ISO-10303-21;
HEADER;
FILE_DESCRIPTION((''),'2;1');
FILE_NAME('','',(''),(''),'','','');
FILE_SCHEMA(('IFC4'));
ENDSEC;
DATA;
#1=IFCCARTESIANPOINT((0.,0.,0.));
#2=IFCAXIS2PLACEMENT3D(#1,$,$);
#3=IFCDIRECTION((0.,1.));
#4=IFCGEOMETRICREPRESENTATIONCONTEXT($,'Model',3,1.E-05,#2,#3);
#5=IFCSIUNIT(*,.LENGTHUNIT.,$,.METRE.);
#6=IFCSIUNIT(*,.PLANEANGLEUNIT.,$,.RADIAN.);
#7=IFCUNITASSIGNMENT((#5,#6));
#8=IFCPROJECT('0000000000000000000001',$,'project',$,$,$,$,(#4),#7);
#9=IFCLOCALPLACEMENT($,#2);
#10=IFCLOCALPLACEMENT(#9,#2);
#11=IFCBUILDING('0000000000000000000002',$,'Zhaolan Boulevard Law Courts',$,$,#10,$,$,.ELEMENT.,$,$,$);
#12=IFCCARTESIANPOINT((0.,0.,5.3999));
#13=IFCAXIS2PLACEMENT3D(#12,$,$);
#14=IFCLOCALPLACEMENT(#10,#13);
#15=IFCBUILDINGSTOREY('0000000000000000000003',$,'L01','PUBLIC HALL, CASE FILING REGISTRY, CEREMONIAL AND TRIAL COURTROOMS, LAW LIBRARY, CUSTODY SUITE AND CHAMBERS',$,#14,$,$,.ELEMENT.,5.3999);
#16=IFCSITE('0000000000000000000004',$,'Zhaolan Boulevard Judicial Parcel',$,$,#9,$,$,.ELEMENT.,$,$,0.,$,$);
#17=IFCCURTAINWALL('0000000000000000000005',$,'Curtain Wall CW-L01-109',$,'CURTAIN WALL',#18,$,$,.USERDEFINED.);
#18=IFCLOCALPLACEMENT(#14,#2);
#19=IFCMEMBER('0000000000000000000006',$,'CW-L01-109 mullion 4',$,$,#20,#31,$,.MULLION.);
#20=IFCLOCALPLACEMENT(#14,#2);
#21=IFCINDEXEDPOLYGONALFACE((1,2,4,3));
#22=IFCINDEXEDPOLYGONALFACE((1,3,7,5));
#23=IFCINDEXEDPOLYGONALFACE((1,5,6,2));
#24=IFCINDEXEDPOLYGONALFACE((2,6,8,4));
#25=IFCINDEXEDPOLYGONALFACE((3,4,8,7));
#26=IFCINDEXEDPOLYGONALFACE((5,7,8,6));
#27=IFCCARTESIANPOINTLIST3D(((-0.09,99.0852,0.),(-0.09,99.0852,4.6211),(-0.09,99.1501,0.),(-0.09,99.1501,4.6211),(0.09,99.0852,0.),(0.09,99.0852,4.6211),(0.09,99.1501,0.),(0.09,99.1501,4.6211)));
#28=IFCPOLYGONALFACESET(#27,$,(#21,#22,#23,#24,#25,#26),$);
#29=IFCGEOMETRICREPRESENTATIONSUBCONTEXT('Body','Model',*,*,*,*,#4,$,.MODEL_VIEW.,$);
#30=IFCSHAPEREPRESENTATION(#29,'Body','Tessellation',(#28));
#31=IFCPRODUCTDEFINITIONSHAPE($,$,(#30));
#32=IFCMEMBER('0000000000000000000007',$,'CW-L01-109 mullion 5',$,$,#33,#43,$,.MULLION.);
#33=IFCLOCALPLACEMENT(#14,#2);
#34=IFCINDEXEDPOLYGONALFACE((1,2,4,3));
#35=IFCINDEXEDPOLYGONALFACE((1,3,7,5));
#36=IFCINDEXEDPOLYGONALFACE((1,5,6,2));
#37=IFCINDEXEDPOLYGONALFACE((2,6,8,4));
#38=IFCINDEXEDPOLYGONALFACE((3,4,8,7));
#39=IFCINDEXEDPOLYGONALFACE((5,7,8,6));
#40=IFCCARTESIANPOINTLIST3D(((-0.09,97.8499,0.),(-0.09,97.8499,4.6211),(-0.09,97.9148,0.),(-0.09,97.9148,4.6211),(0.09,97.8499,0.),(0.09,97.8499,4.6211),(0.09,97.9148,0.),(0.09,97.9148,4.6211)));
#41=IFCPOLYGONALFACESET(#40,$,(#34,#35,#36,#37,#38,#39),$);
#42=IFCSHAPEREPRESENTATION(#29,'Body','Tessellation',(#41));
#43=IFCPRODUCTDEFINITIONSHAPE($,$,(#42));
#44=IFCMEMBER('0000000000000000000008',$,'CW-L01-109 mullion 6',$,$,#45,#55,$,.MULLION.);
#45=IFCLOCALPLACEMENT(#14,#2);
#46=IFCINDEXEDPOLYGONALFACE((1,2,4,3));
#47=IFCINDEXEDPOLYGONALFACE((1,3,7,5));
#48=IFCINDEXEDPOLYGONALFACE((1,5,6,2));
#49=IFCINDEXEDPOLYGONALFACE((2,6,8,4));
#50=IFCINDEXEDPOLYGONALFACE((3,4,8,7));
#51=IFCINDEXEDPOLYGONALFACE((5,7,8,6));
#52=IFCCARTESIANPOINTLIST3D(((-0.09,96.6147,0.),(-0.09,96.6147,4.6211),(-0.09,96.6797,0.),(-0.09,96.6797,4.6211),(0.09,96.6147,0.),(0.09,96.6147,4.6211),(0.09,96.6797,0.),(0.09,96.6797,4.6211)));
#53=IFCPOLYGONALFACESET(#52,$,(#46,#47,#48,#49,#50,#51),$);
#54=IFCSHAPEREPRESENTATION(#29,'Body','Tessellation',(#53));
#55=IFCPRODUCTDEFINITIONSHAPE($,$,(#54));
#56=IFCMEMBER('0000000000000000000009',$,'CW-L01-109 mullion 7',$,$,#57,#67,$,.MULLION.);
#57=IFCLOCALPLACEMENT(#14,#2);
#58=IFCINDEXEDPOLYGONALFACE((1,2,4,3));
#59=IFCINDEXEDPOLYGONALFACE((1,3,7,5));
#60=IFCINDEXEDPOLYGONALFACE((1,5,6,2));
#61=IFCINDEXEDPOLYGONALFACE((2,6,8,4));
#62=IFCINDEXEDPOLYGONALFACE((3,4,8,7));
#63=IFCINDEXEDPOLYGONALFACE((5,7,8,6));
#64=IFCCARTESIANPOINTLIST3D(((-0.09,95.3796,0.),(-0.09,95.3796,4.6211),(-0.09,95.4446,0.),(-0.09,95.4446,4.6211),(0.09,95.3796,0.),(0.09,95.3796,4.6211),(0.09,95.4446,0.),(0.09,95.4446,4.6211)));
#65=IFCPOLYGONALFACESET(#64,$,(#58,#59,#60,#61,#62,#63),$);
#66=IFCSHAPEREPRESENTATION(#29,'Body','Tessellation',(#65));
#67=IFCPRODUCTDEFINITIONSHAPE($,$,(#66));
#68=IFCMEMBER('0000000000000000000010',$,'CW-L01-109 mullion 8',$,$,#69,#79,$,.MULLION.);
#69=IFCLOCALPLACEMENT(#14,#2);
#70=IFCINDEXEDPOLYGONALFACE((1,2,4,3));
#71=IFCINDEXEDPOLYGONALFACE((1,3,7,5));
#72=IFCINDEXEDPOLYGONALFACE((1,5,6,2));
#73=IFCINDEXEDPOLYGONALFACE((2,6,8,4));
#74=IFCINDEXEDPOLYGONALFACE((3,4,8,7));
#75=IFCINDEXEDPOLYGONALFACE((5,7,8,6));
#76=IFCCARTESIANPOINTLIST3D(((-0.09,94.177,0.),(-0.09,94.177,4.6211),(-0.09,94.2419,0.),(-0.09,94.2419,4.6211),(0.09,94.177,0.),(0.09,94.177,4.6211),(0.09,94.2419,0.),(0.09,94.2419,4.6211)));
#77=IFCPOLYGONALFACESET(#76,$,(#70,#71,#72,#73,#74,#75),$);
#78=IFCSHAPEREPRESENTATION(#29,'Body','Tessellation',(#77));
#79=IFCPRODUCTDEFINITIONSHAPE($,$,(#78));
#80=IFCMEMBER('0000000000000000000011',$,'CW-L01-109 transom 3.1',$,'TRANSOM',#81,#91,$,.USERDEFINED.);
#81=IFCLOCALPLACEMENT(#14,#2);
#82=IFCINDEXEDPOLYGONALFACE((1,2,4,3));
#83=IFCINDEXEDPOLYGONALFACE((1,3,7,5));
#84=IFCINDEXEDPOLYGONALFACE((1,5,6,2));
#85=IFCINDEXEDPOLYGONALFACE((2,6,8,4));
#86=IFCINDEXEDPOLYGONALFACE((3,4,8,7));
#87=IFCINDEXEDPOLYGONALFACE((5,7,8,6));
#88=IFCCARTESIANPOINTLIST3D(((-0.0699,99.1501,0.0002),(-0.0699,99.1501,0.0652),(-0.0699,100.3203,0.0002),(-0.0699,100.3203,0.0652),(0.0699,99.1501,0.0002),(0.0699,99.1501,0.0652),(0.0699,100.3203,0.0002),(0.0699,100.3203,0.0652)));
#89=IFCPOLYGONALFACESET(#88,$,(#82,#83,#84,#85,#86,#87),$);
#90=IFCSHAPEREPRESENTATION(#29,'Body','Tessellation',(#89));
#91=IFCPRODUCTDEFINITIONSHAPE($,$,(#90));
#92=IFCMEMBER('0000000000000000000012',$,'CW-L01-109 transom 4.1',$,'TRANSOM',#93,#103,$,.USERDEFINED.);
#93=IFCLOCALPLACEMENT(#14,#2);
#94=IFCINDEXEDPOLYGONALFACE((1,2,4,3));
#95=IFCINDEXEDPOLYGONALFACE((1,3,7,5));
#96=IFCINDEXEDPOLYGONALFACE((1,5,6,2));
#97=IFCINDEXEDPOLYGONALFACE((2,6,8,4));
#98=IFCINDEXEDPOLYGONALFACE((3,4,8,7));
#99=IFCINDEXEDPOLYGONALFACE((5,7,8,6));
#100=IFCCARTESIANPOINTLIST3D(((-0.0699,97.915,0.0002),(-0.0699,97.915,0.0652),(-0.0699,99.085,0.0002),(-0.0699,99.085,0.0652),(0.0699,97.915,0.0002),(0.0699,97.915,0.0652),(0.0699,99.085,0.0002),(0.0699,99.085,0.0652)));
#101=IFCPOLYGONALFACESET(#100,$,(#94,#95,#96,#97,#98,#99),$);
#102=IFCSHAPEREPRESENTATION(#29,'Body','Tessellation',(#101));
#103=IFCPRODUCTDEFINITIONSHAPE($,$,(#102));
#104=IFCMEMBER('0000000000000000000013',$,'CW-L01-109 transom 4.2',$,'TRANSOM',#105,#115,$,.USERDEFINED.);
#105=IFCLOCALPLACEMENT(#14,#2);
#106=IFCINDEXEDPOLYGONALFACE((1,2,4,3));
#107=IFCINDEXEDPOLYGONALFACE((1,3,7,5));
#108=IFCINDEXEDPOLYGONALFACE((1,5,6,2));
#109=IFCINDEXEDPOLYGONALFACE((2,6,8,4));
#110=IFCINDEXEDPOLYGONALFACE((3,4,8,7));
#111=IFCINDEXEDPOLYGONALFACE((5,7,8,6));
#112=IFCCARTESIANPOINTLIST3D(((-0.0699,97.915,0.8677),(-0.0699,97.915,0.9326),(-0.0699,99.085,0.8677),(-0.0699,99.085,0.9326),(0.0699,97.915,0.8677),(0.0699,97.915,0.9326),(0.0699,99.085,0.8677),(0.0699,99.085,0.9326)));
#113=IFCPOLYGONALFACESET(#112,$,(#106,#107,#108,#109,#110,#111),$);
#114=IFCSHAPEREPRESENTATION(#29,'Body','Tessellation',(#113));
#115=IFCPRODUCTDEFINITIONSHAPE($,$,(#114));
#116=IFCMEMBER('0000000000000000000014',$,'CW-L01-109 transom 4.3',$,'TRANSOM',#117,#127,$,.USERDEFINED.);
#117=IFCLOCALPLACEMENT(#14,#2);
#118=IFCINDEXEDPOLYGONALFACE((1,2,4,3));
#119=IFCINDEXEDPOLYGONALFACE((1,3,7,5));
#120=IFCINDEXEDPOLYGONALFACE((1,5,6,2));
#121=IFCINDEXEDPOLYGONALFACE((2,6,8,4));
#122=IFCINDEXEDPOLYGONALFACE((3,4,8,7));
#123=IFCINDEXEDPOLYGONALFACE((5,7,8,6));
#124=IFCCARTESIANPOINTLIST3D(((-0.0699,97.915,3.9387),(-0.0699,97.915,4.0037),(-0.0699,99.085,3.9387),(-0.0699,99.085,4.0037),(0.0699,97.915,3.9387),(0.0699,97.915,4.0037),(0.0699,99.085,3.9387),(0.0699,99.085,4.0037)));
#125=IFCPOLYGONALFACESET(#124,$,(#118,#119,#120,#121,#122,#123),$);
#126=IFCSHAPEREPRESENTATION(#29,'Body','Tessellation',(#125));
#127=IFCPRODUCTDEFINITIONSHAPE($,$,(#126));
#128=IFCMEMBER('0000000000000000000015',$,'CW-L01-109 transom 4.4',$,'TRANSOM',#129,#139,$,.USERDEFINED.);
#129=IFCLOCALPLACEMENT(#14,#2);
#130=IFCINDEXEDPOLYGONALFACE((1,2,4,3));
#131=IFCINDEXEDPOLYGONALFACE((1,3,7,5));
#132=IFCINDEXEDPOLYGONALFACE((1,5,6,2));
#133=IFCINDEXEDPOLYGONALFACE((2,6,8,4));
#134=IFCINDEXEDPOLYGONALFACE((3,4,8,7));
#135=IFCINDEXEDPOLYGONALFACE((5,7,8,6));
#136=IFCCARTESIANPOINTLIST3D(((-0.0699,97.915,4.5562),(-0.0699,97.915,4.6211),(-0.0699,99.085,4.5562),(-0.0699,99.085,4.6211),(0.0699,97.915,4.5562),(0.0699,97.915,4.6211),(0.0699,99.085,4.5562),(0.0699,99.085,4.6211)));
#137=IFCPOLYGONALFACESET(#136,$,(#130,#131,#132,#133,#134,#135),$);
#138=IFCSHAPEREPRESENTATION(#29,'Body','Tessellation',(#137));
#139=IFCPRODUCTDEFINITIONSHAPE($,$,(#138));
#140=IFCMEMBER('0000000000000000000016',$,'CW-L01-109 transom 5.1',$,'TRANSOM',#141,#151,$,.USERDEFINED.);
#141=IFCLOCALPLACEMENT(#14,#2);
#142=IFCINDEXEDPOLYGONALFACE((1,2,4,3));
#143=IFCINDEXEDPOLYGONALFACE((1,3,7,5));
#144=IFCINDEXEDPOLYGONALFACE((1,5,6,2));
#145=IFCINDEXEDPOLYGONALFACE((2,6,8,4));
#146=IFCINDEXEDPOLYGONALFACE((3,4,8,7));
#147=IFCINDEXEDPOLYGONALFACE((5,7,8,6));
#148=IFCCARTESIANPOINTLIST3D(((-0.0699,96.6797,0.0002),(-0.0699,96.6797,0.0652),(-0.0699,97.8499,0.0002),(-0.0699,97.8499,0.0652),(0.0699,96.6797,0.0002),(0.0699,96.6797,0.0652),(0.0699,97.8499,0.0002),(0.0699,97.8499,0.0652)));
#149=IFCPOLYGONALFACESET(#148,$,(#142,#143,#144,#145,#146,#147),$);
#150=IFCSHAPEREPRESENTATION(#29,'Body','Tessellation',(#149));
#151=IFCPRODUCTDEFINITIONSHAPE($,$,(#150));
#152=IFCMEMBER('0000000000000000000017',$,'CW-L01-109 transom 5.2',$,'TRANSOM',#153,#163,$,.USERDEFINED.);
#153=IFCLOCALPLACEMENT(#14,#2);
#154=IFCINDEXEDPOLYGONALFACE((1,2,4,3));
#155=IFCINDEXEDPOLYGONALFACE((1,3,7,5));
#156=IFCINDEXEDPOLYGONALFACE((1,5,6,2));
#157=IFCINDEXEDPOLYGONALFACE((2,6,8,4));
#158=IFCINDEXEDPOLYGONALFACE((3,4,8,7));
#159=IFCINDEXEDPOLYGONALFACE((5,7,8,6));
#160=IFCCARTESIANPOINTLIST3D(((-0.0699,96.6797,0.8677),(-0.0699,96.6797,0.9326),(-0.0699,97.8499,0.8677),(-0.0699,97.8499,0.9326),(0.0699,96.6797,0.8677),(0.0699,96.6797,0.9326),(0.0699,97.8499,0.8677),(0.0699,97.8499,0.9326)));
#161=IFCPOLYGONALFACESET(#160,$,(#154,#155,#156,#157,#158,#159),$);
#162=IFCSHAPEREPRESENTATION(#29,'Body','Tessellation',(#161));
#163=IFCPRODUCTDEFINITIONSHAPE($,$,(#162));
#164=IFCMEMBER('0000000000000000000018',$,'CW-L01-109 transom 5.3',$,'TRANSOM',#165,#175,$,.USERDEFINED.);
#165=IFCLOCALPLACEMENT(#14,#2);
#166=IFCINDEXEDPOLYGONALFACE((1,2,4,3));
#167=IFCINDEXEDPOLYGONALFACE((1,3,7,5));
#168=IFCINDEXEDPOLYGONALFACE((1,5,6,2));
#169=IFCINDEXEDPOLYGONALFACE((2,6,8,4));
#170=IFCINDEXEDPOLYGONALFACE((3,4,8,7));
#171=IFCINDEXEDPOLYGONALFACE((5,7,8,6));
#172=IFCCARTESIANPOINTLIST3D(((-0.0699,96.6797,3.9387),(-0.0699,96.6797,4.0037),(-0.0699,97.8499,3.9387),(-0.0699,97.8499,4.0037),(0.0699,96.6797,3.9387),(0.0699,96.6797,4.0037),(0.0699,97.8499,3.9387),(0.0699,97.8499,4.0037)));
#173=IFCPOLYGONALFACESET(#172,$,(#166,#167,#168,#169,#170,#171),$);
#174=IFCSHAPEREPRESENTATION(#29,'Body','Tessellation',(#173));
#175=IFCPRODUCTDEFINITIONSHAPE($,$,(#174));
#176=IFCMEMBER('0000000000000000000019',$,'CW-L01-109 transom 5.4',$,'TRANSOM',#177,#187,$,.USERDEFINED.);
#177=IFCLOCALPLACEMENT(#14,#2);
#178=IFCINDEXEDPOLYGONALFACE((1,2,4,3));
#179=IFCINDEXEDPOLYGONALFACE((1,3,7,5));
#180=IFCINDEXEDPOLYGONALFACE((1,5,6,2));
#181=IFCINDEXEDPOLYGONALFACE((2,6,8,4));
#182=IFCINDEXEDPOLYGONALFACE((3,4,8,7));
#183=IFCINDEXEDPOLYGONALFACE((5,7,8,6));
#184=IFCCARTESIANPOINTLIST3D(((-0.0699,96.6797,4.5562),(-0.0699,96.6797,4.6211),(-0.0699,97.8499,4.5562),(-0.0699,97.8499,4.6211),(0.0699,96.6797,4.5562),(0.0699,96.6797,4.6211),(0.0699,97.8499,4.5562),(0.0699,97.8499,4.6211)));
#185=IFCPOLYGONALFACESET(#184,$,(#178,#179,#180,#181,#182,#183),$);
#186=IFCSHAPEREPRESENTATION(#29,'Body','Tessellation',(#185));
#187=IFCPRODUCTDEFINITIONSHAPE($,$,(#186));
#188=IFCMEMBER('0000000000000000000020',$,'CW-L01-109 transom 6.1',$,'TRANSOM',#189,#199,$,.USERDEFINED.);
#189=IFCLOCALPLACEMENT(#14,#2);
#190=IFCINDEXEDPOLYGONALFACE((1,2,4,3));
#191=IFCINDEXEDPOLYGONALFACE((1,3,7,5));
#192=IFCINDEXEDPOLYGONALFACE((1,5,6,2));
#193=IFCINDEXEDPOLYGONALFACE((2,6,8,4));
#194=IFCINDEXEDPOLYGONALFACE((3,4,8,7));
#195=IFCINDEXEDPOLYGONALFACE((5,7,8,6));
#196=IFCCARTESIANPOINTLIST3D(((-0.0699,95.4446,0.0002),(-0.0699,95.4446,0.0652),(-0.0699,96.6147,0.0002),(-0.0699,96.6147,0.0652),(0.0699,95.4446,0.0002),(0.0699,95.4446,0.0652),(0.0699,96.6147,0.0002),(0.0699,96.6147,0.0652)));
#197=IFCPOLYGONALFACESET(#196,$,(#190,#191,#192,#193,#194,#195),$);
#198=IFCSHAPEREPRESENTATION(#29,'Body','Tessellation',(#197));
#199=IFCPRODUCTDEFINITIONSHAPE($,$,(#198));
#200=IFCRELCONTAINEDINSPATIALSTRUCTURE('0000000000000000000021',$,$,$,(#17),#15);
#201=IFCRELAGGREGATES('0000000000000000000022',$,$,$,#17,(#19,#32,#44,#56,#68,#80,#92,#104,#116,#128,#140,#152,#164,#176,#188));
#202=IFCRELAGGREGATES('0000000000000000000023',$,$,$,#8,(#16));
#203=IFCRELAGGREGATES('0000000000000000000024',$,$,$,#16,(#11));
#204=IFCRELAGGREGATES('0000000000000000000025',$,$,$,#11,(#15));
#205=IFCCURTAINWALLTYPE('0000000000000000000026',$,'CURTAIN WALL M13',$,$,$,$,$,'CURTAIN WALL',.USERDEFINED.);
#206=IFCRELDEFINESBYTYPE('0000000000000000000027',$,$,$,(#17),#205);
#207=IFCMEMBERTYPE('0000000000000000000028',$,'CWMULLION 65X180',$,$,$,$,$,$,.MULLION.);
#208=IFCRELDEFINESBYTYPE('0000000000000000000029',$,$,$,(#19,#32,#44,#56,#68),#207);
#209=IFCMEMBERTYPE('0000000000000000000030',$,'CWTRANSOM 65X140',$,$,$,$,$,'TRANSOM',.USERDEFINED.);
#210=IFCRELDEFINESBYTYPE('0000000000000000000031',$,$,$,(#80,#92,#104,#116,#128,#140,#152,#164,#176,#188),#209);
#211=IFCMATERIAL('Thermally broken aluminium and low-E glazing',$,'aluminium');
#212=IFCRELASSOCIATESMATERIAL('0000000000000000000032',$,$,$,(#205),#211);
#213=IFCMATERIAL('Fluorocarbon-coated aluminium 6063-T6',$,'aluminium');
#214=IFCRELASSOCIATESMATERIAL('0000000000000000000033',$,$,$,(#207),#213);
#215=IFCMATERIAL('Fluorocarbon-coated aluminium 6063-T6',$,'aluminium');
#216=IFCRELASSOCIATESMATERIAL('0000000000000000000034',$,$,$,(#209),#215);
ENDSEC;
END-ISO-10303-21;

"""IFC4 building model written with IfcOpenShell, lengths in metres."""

from ifc_helpers import new_model, si_unit, direction, frame, origin, origin_2d, place, context, subcontext, project, spatial, rectangle, extrude, material, material_profile, profile_set, type_object, element, aggregate, save


model = new_model("IFC4")

# Units and contexts
model_context = context("Model", 3, precision=1e-05, world=origin(), true_north=direction((0.0, 1.0)))
body_context = subcontext(model_context, "Body", "Model", "MODEL_VIEW")
ifc_project = project(units=[si_unit("LENGTHUNIT", "METRE"), si_unit("PLANEANGLEUNIT", "RADIAN")], contexts=[model_context])

# Site, building, storey
site_placement = place(None, origin())
site = spatial("IfcSite", under=ifc_project, at=site_placement, Name="Zhaolan Boulevard Judicial Parcel", CompositionType="ELEMENT", RefElevation=0.0)
building_placement = place(site_placement, origin())
building = spatial("IfcBuilding", under=site, at=building_placement, Name="Zhaolan Boulevard Law Courts", CompositionType="ELEMENT")
storey_placement = place(building_placement, frame((0.0, 0.0, 5.3999)))
storey = spatial("IfcBuildingStorey", under=building, at=storey_placement, Name="L01", Description="PUBLIC HALL, CASE FILING REGISTRY, CEREMONIAL AND TRIAL COURTROOMS, LAW LIBRARY, CUSTODY SUITE AND CHAMBERS", CompositionType="ELEMENT", Elevation=5.3999)

# Curtain wall, members
ifc_material_1 = material(Name="Thermally broken aluminium and low-E glazing", Category="aluminium")
curtain_wall_type = type_object("IfcCurtainWallType", Name="CURTAIN WALL M13", ElementType="CURTAIN WALL", PredefinedType="USERDEFINED", material=ifc_material_1)
curtain_wall_placement = place(storey_placement, origin())
curtain_wall = element("IfcCurtainWall", 1, at=curtain_wall_placement, inside=storey, type_object=curtain_wall_type, Name="Curtain Wall CW-L01-109", ObjectType="CURTAIN WALL", PredefinedType="USERDEFINED")
ifc_material_2 = material(Name="Fluorocarbon-coated aluminium 6063-T6", Category="aluminium")
ifc_material_profile_1 = material_profile(ifc_material_2, rectangle(XDim=0.1799, YDim=0.0649, at=origin_2d()), Name="AL65x180")
ifc_profile_set_1 = profile_set([ifc_material_profile_1], Name="Fluorocarbon-coated aluminium 6063-T6")
member_type_1 = type_object("IfcMemberType", Name="CWMULLION 65X180", PredefinedType="MULLION", material=ifc_profile_set_1)
member_1_placement = place(storey_placement, frame((0.0, 99.1177, 0.0), z_axis=(0.0, 0.0, 1.0), x_axis=(1.0, 0.0, 0.0)))
member_1 = element("IfcMember", 2, at=member_1_placement, type_object=member_type_1, Name="CW-L01-109 mullion 4", PredefinedType="MULLION", context=body_context, shape_type="SweptSolid", body=[
    extrude(rectangle(XDim=0.1799, YDim=0.0649, at=origin_2d()), origin(), (0.0, 0.0, 1.0), 4.6211),
])
member_2_placement = place(storey_placement, frame((0.0, 97.8823, 0.0), z_axis=(0.0, 0.0, 1.0), x_axis=(1.0, 0.0, 0.0)))
member_2 = element("IfcMember", 3, at=member_2_placement, type_object=member_type_1, Name="CW-L01-109 mullion 5", PredefinedType="MULLION", context=body_context, shape_type="SweptSolid", body=[
    extrude(rectangle(XDim=0.1799, YDim=0.0649, at=origin_2d()), origin(), (0.0, 0.0, 1.0), 4.6211),
])
member_3_placement = place(storey_placement, frame((0.0, 96.6472, 0.0), z_axis=(0.0, 0.0, 1.0), x_axis=(1.0, 0.0, 0.0)))
member_3 = element("IfcMember", 4, at=member_3_placement, type_object=member_type_1, Name="CW-L01-109 mullion 6", PredefinedType="MULLION", context=body_context, shape_type="SweptSolid", body=[
    extrude(rectangle(XDim=0.1799, YDim=0.0649, at=origin_2d()), origin(), (0.0, 0.0, 1.0), 4.6211),
])
member_4_placement = place(storey_placement, frame((0.0, 95.4121, 0.0), z_axis=(0.0, 0.0, 1.0), x_axis=(1.0, 0.0, 0.0)))
member_4 = element("IfcMember", 5, at=member_4_placement, type_object=member_type_1, Name="CW-L01-109 mullion 7", PredefinedType="MULLION", context=body_context, shape_type="SweptSolid", body=[
    extrude(rectangle(XDim=0.1799, YDim=0.0649, at=origin_2d()), origin(), (0.0, 0.0, 1.0), 4.6211),
])
member_5_placement = place(storey_placement, frame((0.0, 94.2095, 0.0), z_axis=(0.0, 0.0, 1.0), x_axis=(1.0, 0.0, 0.0)))
member_5 = element("IfcMember", 6, at=member_5_placement, type_object=member_type_1, Name="CW-L01-109 mullion 8", PredefinedType="MULLION", context=body_context, shape_type="SweptSolid", body=[
    extrude(rectangle(XDim=0.1799, YDim=0.0649, at=origin_2d()), origin(), (0.0, 0.0, 1.0), 4.6211),
])
ifc_material_3 = material(Name="Fluorocarbon-coated aluminium 6063-T6", Category="aluminium")
ifc_material_profile_2 = material_profile(ifc_material_3, rectangle(XDim=0.1399, YDim=0.0649, at=origin_2d()), Name="AL65x140")
ifc_profile_set_2 = profile_set([ifc_material_profile_2], Name="Fluorocarbon-coated aluminium 6063-T6")
member_type_2 = type_object("IfcMemberType", Name="CWTRANSOM 65X140", ElementType="TRANSOM", PredefinedType="USERDEFINED", material=ifc_profile_set_2)
member_6_placement = place(storey_placement, frame((0.0, 100.3203, 0.0327), z_axis=(0.0, -1.0, 0.0), x_axis=(1.0, 0.0, 0.0)))
member_6 = element("IfcMember", 7, at=member_6_placement, type_object=member_type_2, Name="CW-L01-109 transom 3.1", ObjectType="TRANSOM", PredefinedType="USERDEFINED", context=body_context, shape_type="SweptSolid", body=[
    extrude(rectangle(XDim=0.1399, YDim=0.0649, at=origin_2d()), origin(), (0.0, 0.0, 1.0), 1.1702),
])
member_7_placement = place(storey_placement, frame((0.0, 99.085, 0.0327), z_axis=(0.0, -1.0, 0.0), x_axis=(1.0, 0.0, 0.0)))
member_7 = element("IfcMember", 8, at=member_7_placement, type_object=member_type_2, Name="CW-L01-109 transom 4.1", ObjectType="TRANSOM", PredefinedType="USERDEFINED", context=body_context, shape_type="SweptSolid", body=[
    extrude(rectangle(XDim=0.1399, YDim=0.0649, at=origin_2d()), origin(), (0.0, 0.0, 1.0), 1.1699),
])
member_8_placement = place(storey_placement, frame((0.0, 99.085, 0.9001), z_axis=(0.0, -1.0, 0.0), x_axis=(1.0, 0.0, 0.0)))
member_8 = element("IfcMember", 9, at=member_8_placement, type_object=member_type_2, Name="CW-L01-109 transom 4.2", ObjectType="TRANSOM", PredefinedType="USERDEFINED", context=body_context, shape_type="SweptSolid", body=[
    extrude(rectangle(XDim=0.1399, YDim=0.0649, at=origin_2d()), origin(), (0.0, 0.0, 1.0), 1.1699),
])
member_9_placement = place(storey_placement, frame((0.0, 99.085, 3.9712), z_axis=(0.0, -1.0, 0.0), x_axis=(1.0, 0.0, 0.0)))
member_9 = element("IfcMember", 10, at=member_9_placement, type_object=member_type_2, Name="CW-L01-109 transom 4.3", ObjectType="TRANSOM", PredefinedType="USERDEFINED", context=body_context, shape_type="SweptSolid", body=[
    extrude(rectangle(XDim=0.1399, YDim=0.0649, at=origin_2d()), origin(), (0.0, 0.0, 1.0), 1.1699),
])
member_10_placement = place(storey_placement, frame((0.0, 99.085, 4.5886), z_axis=(0.0, -1.0, 0.0), x_axis=(1.0, 0.0, 0.0)))
member_10 = element("IfcMember", 11, at=member_10_placement, type_object=member_type_2, Name="CW-L01-109 transom 4.4", ObjectType="TRANSOM", PredefinedType="USERDEFINED", context=body_context, shape_type="SweptSolid", body=[
    extrude(rectangle(XDim=0.1399, YDim=0.0649, at=origin_2d()), origin(), (0.0, 0.0, 1.0), 1.1699),
])
member_11_placement = place(storey_placement, frame((0.0, 97.8499, 0.0327), z_axis=(0.0, -1.0, 0.0), x_axis=(1.0, 0.0, 0.0)))
member_11 = element("IfcMember", 12, at=member_11_placement, type_object=member_type_2, Name="CW-L01-109 transom 5.1", ObjectType="TRANSOM", PredefinedType="USERDEFINED", context=body_context, shape_type="SweptSolid", body=[
    extrude(rectangle(XDim=0.1399, YDim=0.0649, at=origin_2d()), origin(), (0.0, 0.0, 1.0), 1.1702),
])
member_12_placement = place(storey_placement, frame((0.0, 97.8499, 0.9001), z_axis=(0.0, -1.0, 0.0), x_axis=(1.0, 0.0, 0.0)))
member_12 = element("IfcMember", 13, at=member_12_placement, type_object=member_type_2, Name="CW-L01-109 transom 5.2", ObjectType="TRANSOM", PredefinedType="USERDEFINED", context=body_context, shape_type="SweptSolid", body=[
    extrude(rectangle(XDim=0.1399, YDim=0.0649, at=origin_2d()), origin(), (0.0, 0.0, 1.0), 1.1702),
])
member_13_placement = place(storey_placement, frame((0.0, 97.8499, 3.9712), z_axis=(0.0, -1.0, 0.0), x_axis=(1.0, 0.0, 0.0)))
member_13 = element("IfcMember", 14, at=member_13_placement, type_object=member_type_2, Name="CW-L01-109 transom 5.3", ObjectType="TRANSOM", PredefinedType="USERDEFINED", context=body_context, shape_type="SweptSolid", body=[
    extrude(rectangle(XDim=0.1399, YDim=0.0649, at=origin_2d()), origin(), (0.0, 0.0, 1.0), 1.1702),
])
member_14_placement = place(storey_placement, frame((0.0, 97.8499, 4.5886), z_axis=(0.0, -1.0, 0.0), x_axis=(1.0, 0.0, 0.0)))
member_14 = element("IfcMember", 15, at=member_14_placement, type_object=member_type_2, Name="CW-L01-109 transom 5.4", ObjectType="TRANSOM", PredefinedType="USERDEFINED", context=body_context, shape_type="SweptSolid", body=[
    extrude(rectangle(XDim=0.1399, YDim=0.0649, at=origin_2d()), origin(), (0.0, 0.0, 1.0), 1.1702),
])
member_15_placement = place(storey_placement, frame((0.0, 96.6147, 0.0327), z_axis=(0.0, -1.0, 0.0), x_axis=(1.0, 0.0, 0.0)))
member_15 = element("IfcMember", 16, at=member_15_placement, type_object=member_type_2, Name="CW-L01-109 transom 6.1", ObjectType="TRANSOM", PredefinedType="USERDEFINED", context=body_context, shape_type="SweptSolid", body=[
    extrude(rectangle(XDim=0.1399, YDim=0.0649, at=origin_2d()), origin(), (0.0, 0.0, 1.0), 1.1702),
])

aggregate(curtain_wall, [member_1, member_2, member_3, member_4, member_5, member_6, member_7, member_8, member_9, member_10, member_11, member_12, member_13, member_14, member_15])

save(model, "model.ifc")
